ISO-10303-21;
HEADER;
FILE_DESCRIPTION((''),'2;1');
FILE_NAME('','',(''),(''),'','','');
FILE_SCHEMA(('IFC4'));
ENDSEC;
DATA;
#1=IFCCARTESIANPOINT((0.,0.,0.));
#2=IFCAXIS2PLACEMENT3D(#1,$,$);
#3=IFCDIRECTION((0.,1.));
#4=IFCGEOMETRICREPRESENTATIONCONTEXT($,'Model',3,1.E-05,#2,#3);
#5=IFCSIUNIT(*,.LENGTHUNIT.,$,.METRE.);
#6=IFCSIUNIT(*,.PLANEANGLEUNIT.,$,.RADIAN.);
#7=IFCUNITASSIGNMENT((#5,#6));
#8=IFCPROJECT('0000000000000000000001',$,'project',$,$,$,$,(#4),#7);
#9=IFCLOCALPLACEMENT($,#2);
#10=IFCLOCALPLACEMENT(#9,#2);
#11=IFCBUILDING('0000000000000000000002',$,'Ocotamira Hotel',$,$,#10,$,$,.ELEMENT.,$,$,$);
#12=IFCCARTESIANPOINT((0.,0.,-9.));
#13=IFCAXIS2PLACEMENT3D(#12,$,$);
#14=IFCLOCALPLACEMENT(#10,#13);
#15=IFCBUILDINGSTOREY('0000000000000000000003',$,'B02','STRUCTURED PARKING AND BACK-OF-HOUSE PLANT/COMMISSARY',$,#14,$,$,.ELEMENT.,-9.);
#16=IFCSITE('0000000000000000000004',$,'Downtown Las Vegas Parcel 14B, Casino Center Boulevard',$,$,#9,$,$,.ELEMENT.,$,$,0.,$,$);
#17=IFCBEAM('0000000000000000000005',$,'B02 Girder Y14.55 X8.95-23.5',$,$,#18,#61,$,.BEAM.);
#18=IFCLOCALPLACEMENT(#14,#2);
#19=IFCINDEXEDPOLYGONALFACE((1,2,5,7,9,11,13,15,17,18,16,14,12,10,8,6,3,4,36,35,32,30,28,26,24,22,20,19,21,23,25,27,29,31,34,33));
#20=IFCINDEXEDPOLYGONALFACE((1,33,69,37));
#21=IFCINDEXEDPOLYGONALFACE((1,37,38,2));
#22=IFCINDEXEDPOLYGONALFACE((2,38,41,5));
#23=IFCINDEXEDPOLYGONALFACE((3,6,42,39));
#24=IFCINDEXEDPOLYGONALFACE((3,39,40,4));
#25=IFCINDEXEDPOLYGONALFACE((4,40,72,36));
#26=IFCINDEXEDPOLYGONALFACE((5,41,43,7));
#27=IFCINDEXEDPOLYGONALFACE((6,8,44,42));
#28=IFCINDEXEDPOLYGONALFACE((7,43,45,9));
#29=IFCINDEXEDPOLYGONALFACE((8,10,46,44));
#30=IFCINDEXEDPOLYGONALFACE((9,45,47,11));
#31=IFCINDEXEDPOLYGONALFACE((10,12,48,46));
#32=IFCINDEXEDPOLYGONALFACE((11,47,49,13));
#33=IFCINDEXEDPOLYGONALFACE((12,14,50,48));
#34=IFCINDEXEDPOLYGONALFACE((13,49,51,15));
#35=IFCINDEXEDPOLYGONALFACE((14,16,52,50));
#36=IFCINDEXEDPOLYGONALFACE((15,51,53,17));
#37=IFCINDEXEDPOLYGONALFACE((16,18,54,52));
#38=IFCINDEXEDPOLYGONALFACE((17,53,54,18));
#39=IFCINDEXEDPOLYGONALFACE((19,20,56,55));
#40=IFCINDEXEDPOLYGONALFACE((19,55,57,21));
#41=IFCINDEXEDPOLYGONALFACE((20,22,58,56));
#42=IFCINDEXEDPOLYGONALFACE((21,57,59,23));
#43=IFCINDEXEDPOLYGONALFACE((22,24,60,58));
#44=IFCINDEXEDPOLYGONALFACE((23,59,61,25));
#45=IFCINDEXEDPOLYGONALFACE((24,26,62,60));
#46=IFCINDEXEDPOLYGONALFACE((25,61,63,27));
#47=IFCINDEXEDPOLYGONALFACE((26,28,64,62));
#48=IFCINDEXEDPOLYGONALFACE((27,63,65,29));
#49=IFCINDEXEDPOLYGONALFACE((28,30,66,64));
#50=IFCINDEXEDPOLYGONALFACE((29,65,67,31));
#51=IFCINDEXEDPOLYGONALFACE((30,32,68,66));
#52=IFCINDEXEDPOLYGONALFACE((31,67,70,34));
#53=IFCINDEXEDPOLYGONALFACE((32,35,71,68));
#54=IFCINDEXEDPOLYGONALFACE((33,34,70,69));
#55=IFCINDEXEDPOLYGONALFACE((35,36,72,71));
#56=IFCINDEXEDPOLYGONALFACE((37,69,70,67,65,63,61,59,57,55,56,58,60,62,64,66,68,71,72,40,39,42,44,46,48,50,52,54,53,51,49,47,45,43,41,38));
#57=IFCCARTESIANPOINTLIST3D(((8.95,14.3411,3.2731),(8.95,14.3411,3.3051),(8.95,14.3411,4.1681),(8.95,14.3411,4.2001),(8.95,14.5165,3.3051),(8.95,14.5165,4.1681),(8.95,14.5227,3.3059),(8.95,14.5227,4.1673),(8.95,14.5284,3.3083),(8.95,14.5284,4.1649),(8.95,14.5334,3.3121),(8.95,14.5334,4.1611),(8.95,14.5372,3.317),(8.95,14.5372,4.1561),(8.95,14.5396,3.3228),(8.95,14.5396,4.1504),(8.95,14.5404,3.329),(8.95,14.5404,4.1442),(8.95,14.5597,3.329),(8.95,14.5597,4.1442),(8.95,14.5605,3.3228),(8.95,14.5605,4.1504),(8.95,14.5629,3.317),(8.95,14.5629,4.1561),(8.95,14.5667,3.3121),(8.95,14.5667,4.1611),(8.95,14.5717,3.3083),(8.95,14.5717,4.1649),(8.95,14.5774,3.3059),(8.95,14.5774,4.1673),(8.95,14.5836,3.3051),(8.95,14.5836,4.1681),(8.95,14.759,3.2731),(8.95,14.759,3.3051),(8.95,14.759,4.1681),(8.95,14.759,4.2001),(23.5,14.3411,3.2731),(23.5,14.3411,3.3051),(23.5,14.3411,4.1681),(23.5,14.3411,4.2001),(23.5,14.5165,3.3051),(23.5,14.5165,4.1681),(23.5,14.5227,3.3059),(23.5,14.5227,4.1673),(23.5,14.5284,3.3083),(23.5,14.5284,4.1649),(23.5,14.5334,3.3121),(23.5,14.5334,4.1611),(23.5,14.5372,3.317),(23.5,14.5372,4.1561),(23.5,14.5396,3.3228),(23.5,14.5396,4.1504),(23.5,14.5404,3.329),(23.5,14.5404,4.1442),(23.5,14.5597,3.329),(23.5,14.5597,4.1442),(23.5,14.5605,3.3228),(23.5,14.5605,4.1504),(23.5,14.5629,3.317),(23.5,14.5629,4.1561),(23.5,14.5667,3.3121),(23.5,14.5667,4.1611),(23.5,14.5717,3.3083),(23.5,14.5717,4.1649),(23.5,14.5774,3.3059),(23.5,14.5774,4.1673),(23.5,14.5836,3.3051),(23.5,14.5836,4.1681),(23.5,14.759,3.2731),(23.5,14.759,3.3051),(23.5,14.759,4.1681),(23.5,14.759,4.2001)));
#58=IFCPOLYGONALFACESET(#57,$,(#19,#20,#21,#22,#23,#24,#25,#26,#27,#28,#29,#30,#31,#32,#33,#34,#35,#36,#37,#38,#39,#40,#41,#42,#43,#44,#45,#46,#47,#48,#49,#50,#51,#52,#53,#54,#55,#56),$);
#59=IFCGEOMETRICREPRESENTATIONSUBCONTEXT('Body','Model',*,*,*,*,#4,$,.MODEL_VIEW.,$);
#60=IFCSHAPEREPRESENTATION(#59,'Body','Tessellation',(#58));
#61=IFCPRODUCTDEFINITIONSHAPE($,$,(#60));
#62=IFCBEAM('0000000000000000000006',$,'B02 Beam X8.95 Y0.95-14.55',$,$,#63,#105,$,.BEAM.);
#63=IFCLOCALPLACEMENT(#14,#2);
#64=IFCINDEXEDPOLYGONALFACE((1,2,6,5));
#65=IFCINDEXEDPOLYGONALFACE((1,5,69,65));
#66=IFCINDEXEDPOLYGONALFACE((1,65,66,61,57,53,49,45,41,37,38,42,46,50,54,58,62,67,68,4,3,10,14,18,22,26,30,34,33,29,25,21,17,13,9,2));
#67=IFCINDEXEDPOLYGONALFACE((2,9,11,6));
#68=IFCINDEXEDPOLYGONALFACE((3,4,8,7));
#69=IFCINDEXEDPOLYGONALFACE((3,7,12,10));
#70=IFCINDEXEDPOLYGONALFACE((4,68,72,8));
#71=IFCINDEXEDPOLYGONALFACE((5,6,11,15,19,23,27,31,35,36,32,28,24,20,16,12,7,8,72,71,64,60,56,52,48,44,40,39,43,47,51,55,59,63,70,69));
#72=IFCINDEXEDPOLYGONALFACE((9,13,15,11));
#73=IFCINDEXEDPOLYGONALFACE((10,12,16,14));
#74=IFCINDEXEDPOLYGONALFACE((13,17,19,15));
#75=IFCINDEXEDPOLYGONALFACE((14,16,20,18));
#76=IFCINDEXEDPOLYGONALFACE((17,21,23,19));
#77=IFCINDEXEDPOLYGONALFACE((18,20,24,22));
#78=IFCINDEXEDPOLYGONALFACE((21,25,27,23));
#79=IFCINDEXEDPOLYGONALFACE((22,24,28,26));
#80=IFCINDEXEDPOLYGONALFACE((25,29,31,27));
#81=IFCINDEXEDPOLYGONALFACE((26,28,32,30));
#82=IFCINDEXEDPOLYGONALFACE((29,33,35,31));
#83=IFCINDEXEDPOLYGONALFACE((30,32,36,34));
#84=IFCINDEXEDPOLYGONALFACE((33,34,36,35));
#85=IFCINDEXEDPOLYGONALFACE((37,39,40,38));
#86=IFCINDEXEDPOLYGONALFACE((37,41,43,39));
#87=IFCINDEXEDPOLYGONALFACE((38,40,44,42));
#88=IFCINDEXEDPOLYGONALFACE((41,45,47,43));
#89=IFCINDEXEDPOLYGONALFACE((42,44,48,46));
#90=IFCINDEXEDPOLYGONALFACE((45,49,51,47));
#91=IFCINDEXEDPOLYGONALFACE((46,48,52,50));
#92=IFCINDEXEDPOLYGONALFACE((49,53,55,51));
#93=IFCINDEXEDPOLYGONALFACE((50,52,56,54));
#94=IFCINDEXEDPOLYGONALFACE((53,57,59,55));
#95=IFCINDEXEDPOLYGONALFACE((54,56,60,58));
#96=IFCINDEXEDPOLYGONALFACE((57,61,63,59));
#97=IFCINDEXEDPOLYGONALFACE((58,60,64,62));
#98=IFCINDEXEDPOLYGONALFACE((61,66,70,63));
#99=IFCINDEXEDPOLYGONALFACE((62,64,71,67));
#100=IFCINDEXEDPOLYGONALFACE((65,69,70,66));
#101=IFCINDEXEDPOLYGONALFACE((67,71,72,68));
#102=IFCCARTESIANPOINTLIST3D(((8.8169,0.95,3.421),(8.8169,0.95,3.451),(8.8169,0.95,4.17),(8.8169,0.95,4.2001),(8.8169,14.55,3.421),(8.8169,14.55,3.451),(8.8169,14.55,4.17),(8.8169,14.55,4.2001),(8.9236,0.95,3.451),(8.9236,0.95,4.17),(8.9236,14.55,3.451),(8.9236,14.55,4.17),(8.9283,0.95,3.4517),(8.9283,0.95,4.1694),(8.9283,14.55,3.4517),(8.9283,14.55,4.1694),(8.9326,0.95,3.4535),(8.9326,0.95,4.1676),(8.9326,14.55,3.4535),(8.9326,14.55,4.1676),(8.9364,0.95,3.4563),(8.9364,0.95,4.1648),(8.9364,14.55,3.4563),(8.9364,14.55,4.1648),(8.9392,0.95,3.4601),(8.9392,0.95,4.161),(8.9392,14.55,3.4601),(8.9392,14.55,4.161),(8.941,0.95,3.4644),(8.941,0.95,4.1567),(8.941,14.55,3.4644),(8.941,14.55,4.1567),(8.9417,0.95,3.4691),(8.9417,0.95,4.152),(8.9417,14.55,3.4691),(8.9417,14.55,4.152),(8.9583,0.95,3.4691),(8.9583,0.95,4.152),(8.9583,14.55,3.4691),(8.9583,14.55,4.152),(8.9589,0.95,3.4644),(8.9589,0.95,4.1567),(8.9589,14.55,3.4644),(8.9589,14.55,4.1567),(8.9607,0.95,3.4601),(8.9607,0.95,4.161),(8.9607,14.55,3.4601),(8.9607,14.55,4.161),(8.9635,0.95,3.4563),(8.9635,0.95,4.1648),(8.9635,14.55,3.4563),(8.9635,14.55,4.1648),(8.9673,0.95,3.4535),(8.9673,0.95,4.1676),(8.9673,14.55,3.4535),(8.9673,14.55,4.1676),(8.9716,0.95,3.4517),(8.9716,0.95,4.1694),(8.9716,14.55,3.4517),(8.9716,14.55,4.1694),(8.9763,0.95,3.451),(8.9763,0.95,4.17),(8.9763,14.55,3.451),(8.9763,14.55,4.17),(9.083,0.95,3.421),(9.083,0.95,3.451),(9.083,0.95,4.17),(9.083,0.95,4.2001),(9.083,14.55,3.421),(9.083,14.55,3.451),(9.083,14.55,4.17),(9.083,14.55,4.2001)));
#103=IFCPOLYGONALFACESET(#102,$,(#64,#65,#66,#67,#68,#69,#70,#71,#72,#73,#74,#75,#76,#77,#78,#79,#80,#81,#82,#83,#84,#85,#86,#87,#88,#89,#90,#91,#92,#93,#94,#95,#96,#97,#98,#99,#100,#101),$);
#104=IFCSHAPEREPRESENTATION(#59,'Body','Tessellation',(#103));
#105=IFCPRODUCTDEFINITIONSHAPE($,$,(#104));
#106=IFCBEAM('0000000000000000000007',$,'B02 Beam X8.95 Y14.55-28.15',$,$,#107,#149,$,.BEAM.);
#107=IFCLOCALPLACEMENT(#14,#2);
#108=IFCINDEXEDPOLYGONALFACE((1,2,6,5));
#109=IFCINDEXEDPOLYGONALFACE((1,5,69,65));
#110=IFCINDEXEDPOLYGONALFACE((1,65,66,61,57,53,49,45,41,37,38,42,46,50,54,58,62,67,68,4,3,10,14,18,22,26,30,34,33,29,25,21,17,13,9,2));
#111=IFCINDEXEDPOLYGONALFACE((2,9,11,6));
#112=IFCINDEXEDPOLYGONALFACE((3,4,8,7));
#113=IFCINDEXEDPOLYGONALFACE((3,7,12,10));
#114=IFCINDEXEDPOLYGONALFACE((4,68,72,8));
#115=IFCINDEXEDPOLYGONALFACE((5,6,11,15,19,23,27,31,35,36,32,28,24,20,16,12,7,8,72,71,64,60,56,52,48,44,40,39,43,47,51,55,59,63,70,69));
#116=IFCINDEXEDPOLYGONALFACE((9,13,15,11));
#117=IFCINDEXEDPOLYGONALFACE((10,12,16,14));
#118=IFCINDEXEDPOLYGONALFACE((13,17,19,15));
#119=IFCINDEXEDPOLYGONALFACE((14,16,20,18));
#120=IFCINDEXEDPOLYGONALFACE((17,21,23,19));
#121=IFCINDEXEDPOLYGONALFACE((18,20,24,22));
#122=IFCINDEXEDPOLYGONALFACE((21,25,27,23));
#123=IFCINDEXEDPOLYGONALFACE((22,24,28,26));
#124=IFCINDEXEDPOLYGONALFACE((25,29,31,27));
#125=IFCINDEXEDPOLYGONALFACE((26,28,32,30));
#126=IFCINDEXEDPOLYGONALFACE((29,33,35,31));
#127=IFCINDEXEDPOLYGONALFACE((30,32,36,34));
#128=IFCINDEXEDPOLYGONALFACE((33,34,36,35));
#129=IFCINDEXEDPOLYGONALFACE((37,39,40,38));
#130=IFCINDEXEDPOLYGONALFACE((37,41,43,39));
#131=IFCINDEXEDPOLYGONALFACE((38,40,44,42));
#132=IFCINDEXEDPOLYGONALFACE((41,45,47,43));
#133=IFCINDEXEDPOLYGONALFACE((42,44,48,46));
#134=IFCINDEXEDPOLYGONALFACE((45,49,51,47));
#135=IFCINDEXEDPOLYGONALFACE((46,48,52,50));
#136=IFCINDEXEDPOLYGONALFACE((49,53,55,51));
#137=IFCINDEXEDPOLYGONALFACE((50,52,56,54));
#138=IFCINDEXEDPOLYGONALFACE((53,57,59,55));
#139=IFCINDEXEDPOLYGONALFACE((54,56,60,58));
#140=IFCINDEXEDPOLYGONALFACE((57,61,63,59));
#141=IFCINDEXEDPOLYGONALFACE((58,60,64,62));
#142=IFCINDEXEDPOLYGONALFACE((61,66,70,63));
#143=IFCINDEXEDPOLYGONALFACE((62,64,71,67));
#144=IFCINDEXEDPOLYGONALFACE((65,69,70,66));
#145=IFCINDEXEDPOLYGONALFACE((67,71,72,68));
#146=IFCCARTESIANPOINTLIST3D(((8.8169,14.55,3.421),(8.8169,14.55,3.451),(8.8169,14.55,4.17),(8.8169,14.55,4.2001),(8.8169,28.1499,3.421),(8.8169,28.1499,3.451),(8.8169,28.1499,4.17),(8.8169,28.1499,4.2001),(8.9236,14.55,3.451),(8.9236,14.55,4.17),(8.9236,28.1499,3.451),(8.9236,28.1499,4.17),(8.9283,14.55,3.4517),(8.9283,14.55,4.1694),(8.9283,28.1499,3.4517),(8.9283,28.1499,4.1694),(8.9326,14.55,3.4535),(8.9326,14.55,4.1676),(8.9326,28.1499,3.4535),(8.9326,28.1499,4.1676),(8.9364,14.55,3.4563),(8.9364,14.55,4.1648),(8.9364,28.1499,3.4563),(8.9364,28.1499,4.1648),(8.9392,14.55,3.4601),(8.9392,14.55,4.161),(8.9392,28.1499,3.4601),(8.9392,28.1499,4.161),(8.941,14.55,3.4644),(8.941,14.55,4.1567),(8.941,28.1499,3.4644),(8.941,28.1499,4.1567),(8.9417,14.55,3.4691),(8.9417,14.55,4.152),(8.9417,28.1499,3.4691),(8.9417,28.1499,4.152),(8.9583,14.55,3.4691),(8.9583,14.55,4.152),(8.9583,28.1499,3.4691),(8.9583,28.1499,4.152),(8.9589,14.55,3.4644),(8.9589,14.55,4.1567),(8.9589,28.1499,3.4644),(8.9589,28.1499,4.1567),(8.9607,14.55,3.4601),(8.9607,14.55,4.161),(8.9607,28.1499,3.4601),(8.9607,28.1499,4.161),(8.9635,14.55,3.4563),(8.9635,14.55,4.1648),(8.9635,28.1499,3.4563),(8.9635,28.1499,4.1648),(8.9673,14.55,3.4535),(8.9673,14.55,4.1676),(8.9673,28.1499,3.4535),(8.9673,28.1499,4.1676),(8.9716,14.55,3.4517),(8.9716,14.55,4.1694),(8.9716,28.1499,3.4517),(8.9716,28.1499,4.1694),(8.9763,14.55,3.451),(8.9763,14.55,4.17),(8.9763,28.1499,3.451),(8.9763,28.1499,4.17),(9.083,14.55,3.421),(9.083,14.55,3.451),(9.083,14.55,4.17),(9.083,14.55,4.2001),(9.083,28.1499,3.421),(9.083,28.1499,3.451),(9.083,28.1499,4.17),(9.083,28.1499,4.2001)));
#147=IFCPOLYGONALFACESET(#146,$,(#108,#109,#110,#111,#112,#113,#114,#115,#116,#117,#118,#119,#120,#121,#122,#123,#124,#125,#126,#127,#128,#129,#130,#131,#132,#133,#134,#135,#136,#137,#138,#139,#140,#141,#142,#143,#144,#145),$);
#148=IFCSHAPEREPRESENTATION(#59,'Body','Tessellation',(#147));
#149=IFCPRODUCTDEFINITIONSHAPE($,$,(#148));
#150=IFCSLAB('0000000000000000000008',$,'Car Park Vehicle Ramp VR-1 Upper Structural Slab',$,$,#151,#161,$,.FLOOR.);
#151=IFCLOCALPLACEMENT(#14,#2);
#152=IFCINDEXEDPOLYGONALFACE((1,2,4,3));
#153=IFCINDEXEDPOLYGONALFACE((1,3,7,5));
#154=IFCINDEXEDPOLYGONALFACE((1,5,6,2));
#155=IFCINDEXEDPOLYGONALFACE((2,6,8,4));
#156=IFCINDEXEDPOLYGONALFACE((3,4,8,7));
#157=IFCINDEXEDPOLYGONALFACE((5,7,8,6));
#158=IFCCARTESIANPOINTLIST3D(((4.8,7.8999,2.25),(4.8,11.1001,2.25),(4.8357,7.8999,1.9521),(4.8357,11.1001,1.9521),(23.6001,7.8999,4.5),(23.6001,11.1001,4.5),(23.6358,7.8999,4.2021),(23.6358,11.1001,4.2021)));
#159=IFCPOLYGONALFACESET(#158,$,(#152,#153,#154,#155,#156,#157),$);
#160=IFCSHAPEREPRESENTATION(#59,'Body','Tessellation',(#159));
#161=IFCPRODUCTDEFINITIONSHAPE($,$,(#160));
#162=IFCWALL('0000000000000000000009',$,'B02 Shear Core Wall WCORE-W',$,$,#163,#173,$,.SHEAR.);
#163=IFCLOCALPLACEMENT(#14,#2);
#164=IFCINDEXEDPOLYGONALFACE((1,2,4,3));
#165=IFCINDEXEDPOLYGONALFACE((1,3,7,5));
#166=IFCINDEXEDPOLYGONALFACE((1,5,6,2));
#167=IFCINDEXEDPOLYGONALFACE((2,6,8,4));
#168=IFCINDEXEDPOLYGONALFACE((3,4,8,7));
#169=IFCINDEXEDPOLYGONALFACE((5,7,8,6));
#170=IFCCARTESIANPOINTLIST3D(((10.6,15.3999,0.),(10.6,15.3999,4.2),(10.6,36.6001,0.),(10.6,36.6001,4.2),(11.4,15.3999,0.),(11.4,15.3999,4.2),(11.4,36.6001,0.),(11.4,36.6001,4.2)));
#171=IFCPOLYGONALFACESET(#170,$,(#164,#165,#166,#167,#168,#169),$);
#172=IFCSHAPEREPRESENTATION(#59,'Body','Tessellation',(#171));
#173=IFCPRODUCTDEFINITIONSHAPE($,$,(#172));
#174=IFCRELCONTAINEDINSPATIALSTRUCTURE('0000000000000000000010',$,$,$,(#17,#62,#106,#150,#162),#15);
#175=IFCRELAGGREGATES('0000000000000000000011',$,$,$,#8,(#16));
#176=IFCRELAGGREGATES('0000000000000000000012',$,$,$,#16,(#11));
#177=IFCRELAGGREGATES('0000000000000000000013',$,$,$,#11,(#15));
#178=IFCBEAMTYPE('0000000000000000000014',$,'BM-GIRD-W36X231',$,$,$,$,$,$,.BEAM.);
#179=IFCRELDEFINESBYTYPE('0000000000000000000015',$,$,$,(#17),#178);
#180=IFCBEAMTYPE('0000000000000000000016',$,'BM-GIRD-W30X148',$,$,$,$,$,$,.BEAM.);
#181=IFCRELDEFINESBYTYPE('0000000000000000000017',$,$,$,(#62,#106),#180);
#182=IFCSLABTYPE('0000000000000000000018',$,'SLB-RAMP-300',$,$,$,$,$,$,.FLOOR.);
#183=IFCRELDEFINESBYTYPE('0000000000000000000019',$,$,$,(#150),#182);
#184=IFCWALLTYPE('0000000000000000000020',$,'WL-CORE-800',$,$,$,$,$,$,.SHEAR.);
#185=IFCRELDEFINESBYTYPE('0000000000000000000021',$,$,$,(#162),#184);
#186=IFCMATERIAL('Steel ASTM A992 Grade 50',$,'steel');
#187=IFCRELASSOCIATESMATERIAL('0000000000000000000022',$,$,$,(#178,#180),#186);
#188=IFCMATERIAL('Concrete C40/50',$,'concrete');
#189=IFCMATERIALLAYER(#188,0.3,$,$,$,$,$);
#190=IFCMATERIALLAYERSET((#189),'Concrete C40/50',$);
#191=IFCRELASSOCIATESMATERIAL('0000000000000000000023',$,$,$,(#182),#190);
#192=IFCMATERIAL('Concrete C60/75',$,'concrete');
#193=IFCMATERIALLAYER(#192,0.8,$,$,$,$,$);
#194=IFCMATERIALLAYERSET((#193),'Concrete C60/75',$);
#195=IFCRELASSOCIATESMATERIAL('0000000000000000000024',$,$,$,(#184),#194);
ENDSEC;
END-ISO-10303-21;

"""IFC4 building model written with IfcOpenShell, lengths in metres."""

from ifc_helpers import new_model, si_unit, direction, frame, frame_2d, origin, origin_2d, place, context, subcontext, project, spatial, polyline, rectangle, i_section, outline, extrude, source, transform, mapped, material, layer, layer_set, material_profile, profile_set, type_object, element, save


model = new_model("IFC4")

# Units and contexts
model_context = context("Model", 3, precision=1e-05, world=origin(), true_north=direction((0.0, 1.0)))
body_context = subcontext(model_context, "Body", "Model", "MODEL_VIEW")
ifc_project = project(units=[si_unit("LENGTHUNIT", "METRE"), si_unit("PLANEANGLEUNIT", "RADIAN")], contexts=[model_context])

# Site, building, storey
site_placement = place(None, origin())
site = spatial("IfcSite", under=ifc_project, at=site_placement, Name="Downtown Las Vegas Parcel 14B, Casino Center Boulevard", CompositionType="ELEMENT", RefElevation=0.0)
building_placement = place(site_placement, origin())
building = spatial("IfcBuilding", under=site, at=building_placement, Name="Ocotamira Hotel", CompositionType="ELEMENT")
storey_placement = place(building_placement, frame((0.0, 0.0, -9.0)))
storey = spatial("IfcBuildingStorey", under=building, at=storey_placement, Name="B02", Description="STRUCTURED PARKING AND BACK-OF-HOUSE PLANT/COMMISSARY", CompositionType="ELEMENT", Elevation=-9.0)

# Shared definitions
ifc_material_1 = material(Name="Concrete C60/75", Category="concrete")

# Beams
ifc_material_2 = material(Name="Steel ASTM A992 Grade 50", Category="steel")
ifc_material_profile_1 = material_profile(ifc_material_2, i_section(OverallWidth=0.418, OverallDepth=0.927, WebThickness=0.0193, FlangeThickness=0.032, FilletRadius=0.0239, at=origin_2d()), Name="W36X231")
ifc_profile_set_1 = profile_set([ifc_material_profile_1], Name="Steel ASTM A992 Grade 50")
beam_type_1 = type_object("IfcBeamType", Name="BM-GIRD-W36X231", PredefinedType="BEAM", material=ifc_profile_set_1)
shared_shape_1 = source(origin(), body_context, "Body", "SweptSolid", [
    extrude(i_section(OverallWidth=0.418, OverallDepth=0.927, WebThickness=0.0193, FlangeThickness=0.032, FilletRadius=0.0239, at=origin_2d()), origin(), (0.0, 0.0, 1.0), 14.55),
])
for number, where, z_axis, x_axis, name in (
    (1, (8.95, 14.55, 3.7366), (1.0, 0.0, 0.0), (0.0, 1.0, 0.0), "B02 Girder Y14.55 X8.95-23.5"),
):
    element("IfcBeam", number, at=place(storey_placement, frame(where, z_axis=z_axis, x_axis=x_axis)), inside=storey, type_object=beam_type_1, Name=name, PredefinedType="BEAM", context=body_context, shape_type="MappedRepresentation", body=[
        mapped(shared_shape_1, transform((0.0, 0.0, 0.0), scale=1.0)),
    ])
ifc_material_profile_2 = material_profile(ifc_material_2, i_section(OverallWidth=0.2661, OverallDepth=0.7791, WebThickness=0.0166, FlangeThickness=0.03, FilletRadius=0.0181, at=origin_2d()), Name="W30X148")
ifc_profile_set_2 = profile_set([ifc_material_profile_2], Name="Steel ASTM A992 Grade 50")
beam_type_2 = type_object("IfcBeamType", Name="BM-GIRD-W30X148", PredefinedType="BEAM", material=ifc_profile_set_2)
shared_shape_2 = source(origin(), body_context, "Body", "SweptSolid", [
    extrude(i_section(OverallWidth=0.2661, OverallDepth=0.7791, WebThickness=0.0166, FlangeThickness=0.03, FilletRadius=0.0181, at=origin_2d()), origin(), (0.0, 0.0, 1.0), 13.6001),
])
beam_1_placement = place(storey_placement, frame((8.95, 0.95, 3.8105), z_axis=(0.0, 1.0, 0.0), x_axis=(-1.0, 0.0, 0.0)))
element("IfcBeam", 2, at=beam_1_placement, inside=storey, type_object=beam_type_2, Name="B02 Beam X8.95 Y0.95-14.55", PredefinedType="BEAM", context=body_context, shape_type="MappedRepresentation", body=[
    mapped(shared_shape_2, transform((0.0, 0.0, 0.0), scale=1.0)),
])
shared_shape_3 = source(origin(), body_context, "Body", "SweptSolid", [
    extrude(i_section(OverallWidth=0.2661, OverallDepth=0.7791, WebThickness=0.0166, FlangeThickness=0.03, FilletRadius=0.0181, at=origin_2d()), origin(), (0.0, 0.0, 1.0), 13.5999),
])
beam_2_placement = place(storey_placement, frame((8.95, 14.55, 3.8105), z_axis=(0.0, 1.0, 0.0), x_axis=(-1.0, 0.0, 0.0)))
element("IfcBeam", 3, at=beam_2_placement, inside=storey, type_object=beam_type_2, Name="B02 Beam X8.95 Y14.55-28.15", PredefinedType="BEAM", context=body_context, shape_type="MappedRepresentation", body=[
    mapped(shared_shape_3, transform((0.0, 0.0, 0.0), scale=1.0)),
])

# Slab
ifc_material_3 = material(Name="Concrete C40/50", Category="concrete")
ifc_layer_1 = layer(ifc_material_3, 0.3)
ifc_layer_set_1 = layer_set([ifc_layer_1], Name="Concrete C40/50")
slab_type = type_object("IfcSlabType", Name="SLB-RAMP-300", PredefinedType="FLOOR", material=ifc_layer_set_1)
slab_placement = place(storey_placement, frame((4.8, 7.8999, 2.25), z_axis=(-0.118833, 0.0, 0.992914), x_axis=(0.992914, 0.0, 0.118833)))
element("IfcSlab", 4, at=slab_placement, inside=storey, type_object=slab_type, Name="Car Park Vehicle Ramp VR-1 Upper Structural Slab", PredefinedType="FLOOR", context=body_context, shape_type="SweptSolid", body=[
    extrude(outline(polyline([(0.0, 0.0), (18.9342, 0.0), (18.9342, 3.2002), (0.0, 3.2002), (0.0, 0.0)])), origin(), (0.0, 0.0, -1.0), 0.3),
])

# Shared definitions
ifc_layer_2 = layer(ifc_material_1, 0.8)
ifc_layer_set_2 = layer_set([ifc_layer_2], Name="Concrete C60/75")
wall_type_1 = type_object("IfcWallType", Name="WL-CORE-800", PredefinedType="SHEAR", material=ifc_layer_set_2)

# Wall
wall_1_placement = place(storey_placement, frame((11.0, 15.3999, 0.0), z_axis=(0.0, 0.0, 1.0), x_axis=(0.0, 1.0, 0.0)))
element("IfcWall", 5, at=wall_1_placement, inside=storey, type_object=wall_type_1, Name="B02 Shear Core Wall WCORE-W", PredefinedType="SHEAR", context=body_context, shape_type="SweptSolid", body=[
    extrude(rectangle(XDim=21.2002, YDim=0.8, at=frame_2d((10.6001, 0.0))), origin(), (0.0, 0.0, 1.0), 4.2),
])

save(model, "model.ifc")
